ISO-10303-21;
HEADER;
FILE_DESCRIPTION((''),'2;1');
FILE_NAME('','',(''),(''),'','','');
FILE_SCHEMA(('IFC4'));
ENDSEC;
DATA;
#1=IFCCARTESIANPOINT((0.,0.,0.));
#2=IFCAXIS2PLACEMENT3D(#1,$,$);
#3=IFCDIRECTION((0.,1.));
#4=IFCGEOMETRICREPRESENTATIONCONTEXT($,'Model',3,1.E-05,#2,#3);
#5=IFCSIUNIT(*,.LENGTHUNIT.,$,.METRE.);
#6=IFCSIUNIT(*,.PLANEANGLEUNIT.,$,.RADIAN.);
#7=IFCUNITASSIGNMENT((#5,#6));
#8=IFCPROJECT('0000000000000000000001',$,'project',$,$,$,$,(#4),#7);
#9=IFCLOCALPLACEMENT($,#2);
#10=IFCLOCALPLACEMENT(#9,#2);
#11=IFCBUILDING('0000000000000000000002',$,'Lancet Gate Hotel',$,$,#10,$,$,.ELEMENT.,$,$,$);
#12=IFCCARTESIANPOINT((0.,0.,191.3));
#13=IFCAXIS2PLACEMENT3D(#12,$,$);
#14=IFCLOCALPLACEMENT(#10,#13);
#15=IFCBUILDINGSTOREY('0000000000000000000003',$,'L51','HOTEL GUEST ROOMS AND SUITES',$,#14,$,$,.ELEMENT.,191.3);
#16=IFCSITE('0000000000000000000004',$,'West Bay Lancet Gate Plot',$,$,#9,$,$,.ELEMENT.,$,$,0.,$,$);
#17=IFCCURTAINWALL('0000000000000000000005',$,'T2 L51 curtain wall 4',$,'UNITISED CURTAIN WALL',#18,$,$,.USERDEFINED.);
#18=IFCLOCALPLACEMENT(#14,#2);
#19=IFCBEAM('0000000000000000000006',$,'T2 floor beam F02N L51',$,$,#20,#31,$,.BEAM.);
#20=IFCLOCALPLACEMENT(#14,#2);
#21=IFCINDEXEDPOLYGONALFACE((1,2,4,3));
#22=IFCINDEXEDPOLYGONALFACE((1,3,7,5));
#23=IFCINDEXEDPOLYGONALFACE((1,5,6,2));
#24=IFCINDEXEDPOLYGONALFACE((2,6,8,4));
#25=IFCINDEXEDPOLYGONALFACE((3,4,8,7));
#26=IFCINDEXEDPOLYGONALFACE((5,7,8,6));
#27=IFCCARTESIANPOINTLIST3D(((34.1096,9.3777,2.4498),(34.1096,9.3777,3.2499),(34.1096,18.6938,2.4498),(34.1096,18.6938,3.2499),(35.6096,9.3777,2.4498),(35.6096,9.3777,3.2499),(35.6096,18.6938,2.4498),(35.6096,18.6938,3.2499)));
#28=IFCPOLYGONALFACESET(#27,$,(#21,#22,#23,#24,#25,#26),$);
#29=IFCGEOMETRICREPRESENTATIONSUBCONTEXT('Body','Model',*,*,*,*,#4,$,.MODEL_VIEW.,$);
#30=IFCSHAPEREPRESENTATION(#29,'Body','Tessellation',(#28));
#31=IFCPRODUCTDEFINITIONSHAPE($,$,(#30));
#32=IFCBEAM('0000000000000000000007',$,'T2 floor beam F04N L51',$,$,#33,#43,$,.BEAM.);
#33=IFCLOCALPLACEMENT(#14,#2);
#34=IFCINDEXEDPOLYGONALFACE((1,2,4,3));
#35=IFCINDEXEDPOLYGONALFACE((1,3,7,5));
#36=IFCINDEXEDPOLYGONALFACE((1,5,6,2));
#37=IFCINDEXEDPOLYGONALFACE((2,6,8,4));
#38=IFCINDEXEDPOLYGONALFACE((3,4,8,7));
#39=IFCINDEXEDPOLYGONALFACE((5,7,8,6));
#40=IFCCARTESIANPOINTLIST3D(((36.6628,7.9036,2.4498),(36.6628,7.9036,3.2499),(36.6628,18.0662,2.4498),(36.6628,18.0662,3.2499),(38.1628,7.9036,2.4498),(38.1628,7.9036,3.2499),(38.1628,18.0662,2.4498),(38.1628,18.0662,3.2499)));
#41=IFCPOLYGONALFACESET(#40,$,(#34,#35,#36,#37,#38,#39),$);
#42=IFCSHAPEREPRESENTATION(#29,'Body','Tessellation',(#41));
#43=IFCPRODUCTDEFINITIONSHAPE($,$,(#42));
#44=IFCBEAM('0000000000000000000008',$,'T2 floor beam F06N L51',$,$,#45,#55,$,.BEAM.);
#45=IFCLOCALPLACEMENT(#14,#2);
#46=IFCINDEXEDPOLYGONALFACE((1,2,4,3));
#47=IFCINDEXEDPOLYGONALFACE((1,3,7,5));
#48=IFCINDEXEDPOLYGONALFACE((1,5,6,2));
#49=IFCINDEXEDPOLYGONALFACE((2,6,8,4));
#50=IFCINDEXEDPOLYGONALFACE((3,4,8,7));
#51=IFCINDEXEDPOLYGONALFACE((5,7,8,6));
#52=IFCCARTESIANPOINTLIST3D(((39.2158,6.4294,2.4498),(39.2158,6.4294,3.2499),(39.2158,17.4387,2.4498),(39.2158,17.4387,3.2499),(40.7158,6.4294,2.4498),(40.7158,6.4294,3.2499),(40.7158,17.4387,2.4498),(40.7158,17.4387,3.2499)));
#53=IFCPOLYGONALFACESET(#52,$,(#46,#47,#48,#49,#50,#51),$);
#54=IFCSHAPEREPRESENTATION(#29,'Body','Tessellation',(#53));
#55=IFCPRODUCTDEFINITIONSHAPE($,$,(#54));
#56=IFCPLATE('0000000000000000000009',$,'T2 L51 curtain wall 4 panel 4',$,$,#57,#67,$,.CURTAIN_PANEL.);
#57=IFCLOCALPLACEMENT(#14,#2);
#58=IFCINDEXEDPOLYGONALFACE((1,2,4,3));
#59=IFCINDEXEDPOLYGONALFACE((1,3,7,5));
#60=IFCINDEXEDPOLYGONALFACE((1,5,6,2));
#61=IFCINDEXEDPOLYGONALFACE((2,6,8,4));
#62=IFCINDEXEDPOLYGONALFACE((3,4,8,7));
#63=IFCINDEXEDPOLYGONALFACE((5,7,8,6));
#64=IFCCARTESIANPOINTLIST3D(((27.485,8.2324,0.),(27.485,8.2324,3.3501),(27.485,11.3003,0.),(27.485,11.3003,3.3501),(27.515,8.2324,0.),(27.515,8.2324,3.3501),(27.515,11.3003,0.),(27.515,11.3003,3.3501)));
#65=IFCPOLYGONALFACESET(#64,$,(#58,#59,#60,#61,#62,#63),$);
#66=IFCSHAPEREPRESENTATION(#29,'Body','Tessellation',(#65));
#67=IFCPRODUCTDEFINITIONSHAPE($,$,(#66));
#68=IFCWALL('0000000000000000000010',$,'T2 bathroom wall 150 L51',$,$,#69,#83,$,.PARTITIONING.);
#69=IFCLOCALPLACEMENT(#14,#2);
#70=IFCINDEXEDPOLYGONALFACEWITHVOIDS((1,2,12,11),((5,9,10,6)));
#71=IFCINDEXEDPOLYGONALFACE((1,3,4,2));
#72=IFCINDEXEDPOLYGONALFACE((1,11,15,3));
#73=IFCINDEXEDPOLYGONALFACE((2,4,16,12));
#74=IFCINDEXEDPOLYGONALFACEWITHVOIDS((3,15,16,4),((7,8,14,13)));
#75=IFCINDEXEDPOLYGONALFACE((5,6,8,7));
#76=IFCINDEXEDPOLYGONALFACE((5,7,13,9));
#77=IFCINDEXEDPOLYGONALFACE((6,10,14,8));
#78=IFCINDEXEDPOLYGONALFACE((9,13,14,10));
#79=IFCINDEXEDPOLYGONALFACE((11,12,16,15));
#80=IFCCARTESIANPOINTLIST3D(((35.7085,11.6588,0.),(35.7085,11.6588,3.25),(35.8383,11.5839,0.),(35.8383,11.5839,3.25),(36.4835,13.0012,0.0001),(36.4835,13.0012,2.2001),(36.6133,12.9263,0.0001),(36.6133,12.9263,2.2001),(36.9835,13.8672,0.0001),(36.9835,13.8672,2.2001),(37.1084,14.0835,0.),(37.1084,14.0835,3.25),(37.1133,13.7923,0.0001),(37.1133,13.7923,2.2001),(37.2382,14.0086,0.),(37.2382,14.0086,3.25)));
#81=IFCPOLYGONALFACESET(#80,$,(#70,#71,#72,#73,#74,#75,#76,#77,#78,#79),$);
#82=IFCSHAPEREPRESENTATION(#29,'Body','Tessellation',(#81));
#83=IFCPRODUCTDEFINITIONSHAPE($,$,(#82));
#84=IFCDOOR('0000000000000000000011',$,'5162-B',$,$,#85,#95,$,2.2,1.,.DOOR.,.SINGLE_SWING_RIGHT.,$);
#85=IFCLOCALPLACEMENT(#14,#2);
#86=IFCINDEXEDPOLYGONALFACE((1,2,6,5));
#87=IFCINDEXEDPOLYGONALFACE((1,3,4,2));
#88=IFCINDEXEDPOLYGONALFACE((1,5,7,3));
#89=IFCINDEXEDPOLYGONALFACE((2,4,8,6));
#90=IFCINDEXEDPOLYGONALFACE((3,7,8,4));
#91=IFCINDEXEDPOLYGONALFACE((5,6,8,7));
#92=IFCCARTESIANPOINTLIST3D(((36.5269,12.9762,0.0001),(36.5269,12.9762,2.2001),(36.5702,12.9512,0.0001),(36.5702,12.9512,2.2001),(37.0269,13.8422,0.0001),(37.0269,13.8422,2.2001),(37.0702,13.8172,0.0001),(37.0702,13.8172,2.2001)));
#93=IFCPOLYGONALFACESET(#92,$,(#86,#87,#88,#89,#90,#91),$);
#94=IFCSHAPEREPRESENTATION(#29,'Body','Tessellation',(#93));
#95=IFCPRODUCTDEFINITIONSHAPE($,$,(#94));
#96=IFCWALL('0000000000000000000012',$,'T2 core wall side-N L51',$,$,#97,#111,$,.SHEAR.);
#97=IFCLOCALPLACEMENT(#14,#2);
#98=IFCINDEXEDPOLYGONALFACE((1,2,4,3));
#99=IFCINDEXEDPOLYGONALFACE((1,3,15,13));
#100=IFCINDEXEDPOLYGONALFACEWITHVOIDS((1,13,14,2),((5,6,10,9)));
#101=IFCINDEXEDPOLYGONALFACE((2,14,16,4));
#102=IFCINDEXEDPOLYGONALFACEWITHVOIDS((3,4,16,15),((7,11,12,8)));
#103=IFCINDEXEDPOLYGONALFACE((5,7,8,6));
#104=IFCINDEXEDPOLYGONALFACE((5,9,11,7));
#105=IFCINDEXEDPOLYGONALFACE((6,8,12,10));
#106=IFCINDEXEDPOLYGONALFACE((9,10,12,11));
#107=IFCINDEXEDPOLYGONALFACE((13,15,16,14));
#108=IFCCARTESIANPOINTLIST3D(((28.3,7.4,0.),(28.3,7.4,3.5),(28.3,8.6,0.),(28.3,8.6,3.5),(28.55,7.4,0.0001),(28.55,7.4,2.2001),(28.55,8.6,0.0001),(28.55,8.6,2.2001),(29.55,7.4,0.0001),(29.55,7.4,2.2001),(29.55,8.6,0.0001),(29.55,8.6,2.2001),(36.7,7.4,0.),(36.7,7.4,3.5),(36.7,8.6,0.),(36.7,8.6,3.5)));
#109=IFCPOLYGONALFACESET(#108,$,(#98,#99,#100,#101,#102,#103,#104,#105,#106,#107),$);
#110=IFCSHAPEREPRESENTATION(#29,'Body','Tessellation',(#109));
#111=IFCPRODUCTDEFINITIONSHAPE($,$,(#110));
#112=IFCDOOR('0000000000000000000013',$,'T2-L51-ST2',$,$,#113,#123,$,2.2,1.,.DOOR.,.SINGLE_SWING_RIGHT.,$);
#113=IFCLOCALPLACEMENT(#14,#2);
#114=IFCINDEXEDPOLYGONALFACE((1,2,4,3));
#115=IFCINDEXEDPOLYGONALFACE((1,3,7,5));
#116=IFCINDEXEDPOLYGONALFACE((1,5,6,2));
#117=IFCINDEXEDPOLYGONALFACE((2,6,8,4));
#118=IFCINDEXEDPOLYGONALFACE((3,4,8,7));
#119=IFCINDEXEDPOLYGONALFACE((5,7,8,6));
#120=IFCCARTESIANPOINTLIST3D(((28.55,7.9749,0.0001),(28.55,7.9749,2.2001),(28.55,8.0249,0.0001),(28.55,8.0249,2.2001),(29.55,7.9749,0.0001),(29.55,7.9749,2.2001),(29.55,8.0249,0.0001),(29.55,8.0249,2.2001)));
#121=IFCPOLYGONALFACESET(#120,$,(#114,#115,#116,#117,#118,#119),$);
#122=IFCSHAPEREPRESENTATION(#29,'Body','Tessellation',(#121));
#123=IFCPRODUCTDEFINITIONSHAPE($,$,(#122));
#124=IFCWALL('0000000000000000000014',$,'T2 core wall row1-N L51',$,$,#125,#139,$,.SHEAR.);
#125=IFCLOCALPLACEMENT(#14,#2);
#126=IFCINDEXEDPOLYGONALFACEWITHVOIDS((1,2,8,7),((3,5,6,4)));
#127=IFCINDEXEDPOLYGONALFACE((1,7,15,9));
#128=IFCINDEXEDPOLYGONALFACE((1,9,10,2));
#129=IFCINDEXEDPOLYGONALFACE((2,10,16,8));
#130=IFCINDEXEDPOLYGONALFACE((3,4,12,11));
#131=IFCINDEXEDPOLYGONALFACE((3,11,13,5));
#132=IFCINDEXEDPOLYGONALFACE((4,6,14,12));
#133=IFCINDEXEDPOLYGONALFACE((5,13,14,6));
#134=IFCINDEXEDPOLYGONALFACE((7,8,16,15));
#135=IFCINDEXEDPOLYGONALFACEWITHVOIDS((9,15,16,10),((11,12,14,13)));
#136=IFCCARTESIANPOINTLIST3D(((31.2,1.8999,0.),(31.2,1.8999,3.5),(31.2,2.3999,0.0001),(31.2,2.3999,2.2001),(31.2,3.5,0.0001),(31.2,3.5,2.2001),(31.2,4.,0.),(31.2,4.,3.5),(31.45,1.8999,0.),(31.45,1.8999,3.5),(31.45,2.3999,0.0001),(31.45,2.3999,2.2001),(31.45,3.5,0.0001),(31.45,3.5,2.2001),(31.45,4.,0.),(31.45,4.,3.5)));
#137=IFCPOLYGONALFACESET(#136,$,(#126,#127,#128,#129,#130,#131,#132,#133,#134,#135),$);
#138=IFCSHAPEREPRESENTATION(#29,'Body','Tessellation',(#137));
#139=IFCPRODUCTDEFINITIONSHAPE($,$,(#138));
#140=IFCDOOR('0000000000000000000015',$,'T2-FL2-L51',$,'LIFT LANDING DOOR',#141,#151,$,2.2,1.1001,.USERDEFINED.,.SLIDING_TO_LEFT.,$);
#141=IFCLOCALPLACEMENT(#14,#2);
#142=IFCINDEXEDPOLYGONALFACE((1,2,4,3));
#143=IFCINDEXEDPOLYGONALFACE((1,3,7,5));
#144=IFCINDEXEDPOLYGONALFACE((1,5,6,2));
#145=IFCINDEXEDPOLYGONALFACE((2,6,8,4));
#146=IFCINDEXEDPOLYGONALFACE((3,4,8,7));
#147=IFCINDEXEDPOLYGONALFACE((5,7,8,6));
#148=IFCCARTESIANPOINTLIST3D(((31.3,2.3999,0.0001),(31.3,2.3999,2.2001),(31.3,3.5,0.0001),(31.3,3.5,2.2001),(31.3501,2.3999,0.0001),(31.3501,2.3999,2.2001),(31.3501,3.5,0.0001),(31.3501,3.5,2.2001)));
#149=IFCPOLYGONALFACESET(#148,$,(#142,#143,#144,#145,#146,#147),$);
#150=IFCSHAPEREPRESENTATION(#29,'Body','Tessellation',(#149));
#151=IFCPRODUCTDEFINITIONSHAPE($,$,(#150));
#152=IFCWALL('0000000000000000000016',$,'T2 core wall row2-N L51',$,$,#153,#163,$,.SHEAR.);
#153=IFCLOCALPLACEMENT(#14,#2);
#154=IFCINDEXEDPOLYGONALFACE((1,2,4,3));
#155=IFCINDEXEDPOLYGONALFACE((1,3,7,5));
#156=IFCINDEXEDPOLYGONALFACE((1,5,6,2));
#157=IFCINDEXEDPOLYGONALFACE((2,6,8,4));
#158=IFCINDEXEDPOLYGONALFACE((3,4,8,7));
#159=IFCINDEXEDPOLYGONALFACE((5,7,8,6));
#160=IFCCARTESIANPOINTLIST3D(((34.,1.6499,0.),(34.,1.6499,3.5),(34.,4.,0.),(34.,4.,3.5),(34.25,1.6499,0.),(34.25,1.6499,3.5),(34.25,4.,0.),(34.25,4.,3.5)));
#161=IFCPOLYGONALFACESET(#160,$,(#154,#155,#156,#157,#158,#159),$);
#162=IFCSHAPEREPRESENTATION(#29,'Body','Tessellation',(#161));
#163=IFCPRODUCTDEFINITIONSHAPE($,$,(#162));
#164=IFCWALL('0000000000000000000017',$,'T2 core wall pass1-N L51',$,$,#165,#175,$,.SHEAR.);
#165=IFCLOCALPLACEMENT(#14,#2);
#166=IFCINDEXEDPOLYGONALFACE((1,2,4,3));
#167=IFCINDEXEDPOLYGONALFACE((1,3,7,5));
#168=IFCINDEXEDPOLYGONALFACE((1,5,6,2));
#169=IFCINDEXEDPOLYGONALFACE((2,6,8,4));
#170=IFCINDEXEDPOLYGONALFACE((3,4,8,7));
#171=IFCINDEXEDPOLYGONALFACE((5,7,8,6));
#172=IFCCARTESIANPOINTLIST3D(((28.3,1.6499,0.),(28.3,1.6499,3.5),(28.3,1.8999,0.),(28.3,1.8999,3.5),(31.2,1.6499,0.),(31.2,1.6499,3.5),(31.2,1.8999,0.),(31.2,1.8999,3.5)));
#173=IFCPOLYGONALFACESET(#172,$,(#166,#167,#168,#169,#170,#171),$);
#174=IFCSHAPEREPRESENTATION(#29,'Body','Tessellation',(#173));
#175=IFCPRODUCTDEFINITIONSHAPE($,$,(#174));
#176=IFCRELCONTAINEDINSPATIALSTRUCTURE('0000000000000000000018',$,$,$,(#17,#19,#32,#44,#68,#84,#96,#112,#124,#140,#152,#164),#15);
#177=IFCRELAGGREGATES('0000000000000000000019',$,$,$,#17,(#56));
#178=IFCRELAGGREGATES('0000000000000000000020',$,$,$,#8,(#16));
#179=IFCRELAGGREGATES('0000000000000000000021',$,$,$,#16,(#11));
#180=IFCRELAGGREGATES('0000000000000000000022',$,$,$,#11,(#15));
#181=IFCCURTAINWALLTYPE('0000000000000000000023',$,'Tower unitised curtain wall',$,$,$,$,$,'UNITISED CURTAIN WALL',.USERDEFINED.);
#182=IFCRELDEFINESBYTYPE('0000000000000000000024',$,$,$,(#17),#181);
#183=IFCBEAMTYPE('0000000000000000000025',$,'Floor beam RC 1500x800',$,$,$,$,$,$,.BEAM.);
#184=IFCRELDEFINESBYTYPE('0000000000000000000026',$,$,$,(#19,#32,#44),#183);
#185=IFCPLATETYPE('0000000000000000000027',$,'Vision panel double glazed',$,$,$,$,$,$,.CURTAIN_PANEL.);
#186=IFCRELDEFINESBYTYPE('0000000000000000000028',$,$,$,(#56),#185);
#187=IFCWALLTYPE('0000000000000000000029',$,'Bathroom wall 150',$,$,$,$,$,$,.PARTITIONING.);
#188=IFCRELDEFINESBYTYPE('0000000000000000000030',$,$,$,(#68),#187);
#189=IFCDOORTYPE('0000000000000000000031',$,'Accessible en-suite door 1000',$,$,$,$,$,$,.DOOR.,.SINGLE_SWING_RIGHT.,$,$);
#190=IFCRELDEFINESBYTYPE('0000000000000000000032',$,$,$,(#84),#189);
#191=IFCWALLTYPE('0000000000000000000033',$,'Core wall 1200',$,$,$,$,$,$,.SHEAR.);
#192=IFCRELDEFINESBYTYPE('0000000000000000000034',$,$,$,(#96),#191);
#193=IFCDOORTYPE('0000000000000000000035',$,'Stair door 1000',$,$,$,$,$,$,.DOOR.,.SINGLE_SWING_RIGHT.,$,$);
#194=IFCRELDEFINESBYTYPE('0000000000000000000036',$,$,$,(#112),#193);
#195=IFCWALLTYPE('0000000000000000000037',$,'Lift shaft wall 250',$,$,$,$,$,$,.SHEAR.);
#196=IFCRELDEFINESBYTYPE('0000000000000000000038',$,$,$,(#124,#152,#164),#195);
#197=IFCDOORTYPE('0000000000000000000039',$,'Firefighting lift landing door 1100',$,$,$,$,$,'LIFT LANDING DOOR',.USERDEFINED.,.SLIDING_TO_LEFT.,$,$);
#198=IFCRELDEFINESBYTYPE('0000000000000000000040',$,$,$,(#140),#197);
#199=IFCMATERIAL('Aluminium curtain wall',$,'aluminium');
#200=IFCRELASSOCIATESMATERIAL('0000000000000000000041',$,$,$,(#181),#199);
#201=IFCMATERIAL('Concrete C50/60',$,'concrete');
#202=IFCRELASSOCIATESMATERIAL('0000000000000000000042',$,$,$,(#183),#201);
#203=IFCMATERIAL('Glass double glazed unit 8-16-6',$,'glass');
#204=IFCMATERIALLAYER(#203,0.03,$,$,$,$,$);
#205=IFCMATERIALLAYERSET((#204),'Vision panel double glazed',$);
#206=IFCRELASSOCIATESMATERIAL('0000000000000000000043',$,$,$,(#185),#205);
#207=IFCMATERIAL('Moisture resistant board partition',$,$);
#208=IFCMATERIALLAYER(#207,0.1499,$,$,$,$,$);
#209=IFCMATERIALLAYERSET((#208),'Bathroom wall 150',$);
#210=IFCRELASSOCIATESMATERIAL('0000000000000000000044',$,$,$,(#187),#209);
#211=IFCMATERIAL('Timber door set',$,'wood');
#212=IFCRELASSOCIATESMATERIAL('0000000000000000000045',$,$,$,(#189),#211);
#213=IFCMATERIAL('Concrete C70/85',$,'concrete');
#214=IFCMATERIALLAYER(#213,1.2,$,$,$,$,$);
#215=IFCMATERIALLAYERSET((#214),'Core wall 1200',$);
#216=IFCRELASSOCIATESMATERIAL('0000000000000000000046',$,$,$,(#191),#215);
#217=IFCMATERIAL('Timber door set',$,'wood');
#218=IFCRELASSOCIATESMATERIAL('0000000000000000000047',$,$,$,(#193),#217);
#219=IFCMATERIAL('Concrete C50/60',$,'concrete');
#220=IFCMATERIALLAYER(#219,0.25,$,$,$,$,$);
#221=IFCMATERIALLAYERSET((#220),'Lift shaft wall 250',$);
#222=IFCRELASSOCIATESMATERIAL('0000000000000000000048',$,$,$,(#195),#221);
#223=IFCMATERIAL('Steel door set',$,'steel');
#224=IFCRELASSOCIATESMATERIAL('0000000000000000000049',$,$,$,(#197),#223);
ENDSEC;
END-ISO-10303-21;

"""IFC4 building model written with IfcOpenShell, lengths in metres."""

from ifc_helpers import new_model, si_unit, direction, frame, frame_2d, origin, origin_2d, place, context, subcontext, project, spatial, rectangle, extrude, material, layer, layer_set, material_profile, profile_set, type_object, element, fill, aggregate, save


model = new_model("IFC4")

# Units and contexts
model_context = context("Model", 3, precision=1e-05, world=origin(), true_north=direction((0.0, 1.0)))
body_context = subcontext(model_context, "Body", "Model", "MODEL_VIEW")
ifc_project = project(units=[si_unit("LENGTHUNIT", "METRE"), si_unit("PLANEANGLEUNIT", "RADIAN")], contexts=[model_context])

# Site, building, storey
site_placement = place(None, origin())
site = spatial("IfcSite", under=ifc_project, at=site_placement, Name="West Bay Lancet Gate Plot", CompositionType="ELEMENT", RefElevation=0.0)
building_placement = place(site_placement, origin())
building = spatial("IfcBuilding", under=site, at=building_placement, Name="Lancet Gate Hotel", CompositionType="ELEMENT")
storey_placement = place(building_placement, frame((0.0, 0.0, 191.3)))
storey = spatial("IfcBuildingStorey", under=building, at=storey_placement, Name="L51", Description="HOTEL GUEST ROOMS AND SUITES", CompositionType="ELEMENT", Elevation=191.3)

# Curtain wall
ifc_material_1 = material(Name="Aluminium curtain wall", Category="aluminium")
curtain_wall_type = type_object("IfcCurtainWallType", Name="Tower unitised curtain wall", ElementType="UNITISED CURTAIN WALL", PredefinedType="USERDEFINED", material=ifc_material_1)
curtain_wall_placement = place(storey_placement, origin())
curtain_wall = element("IfcCurtainWall", 1, at=curtain_wall_placement, inside=storey, type_object=curtain_wall_type, Name="T2 L51 curtain wall 4", ObjectType="UNITISED CURTAIN WALL", PredefinedType="USERDEFINED")

# Beams
ifc_material_2 = material(Name="Concrete C50/60", Category="concrete")
ifc_material_profile_1 = material_profile(ifc_material_2, rectangle(XDim=1.5, YDim=0.8, at=origin_2d()), Name="RC 1500x800")
ifc_profile_set_1 = profile_set([ifc_material_profile_1], Name="Concrete C50/60")
beam_type_1 = type_object("IfcBeamType", Name="Floor beam RC 1500x800", PredefinedType="BEAM", material=ifc_profile_set_1)
beam_1_placement = place(storey_placement, frame((34.8596, 9.3777, 2.8499), z_axis=(0.0, 1.0, 0.0), x_axis=(-1.0, 0.0, 0.0)))
element("IfcBeam", 2, at=beam_1_placement, inside=storey, type_object=beam_type_1, Name="T2 floor beam F02N L51", PredefinedType="BEAM", context=body_context, shape_type="SweptSolid", body=[
    extrude(rectangle(XDim=1.5, YDim=0.8, at=origin_2d()), origin(), (0.0, 0.0, 1.0), 9.3162),
])
beam_2_placement = place(storey_placement, frame((37.4128, 7.9036, 2.8499), z_axis=(0.0, 1.0, 0.0), x_axis=(-1.0, 0.0, 0.0)))
element("IfcBeam", 3, at=beam_2_placement, inside=storey, type_object=beam_type_1, Name="T2 floor beam F04N L51", PredefinedType="BEAM", context=body_context, shape_type="SweptSolid", body=[
    extrude(rectangle(XDim=1.5, YDim=0.8, at=origin_2d()), origin(), (0.0, 0.0, 1.0), 10.1626),
])
beam_3_placement = place(storey_placement, frame((39.9658, 6.4294, 2.8499), z_axis=(0.0, 1.0, 0.0), x_axis=(-1.0, 0.0, 0.0)))
element("IfcBeam", 4, at=beam_3_placement, inside=storey, type_object=beam_type_1, Name="T2 floor beam F06N L51", PredefinedType="BEAM", context=body_context, shape_type="SweptSolid", body=[
    extrude(rectangle(XDim=1.5, YDim=0.8, at=origin_2d()), origin(), (0.0, 0.0, 1.0), 11.0093),
])

# Plate
ifc_material_3 = material(Name="Glass double glazed unit 8-16-6", Category="glass")
ifc_layer_1 = layer(ifc_material_3, 0.03)
ifc_layer_set_1 = layer_set([ifc_layer_1], Name="Vision panel double glazed")
plate_type = type_object("IfcPlateType", Name="Vision panel double glazed", PredefinedType="CURTAIN_PANEL", material=ifc_layer_set_1)
plate_placement = place(storey_placement, frame((27.5, 9.7664, 0.0), z_axis=(0.0, 0.0, 1.0), x_axis=(0.0, -1.0, 0.0)))
plate = element("IfcPlate", 5, at=plate_placement, type_object=plate_type, Name="T2 L51 curtain wall 4 panel 4", PredefinedType="CURTAIN_PANEL", context=body_context, shape_type="SweptSolid", body=[
    extrude(rectangle(XDim=3.0679, YDim=0.03, at=origin_2d()), origin(), (0.0, 0.0, 1.0), 3.3501),
])
aggregate(curtain_wall, [plate])

# Walls, openings, doors
ifc_material_4 = material(Name="Moisture resistant board partition")
ifc_layer_2 = layer(ifc_material_4, 0.1499)
ifc_layer_set_2 = layer_set([ifc_layer_2], Name="Bathroom wall 150")
wall_type_1 = type_object("IfcWallType", Name="Bathroom wall 150", PredefinedType="PARTITIONING", material=ifc_layer_set_2)
wall_1_placement = place(storey_placement, frame((35.7734, 11.6213, 0.0), z_axis=(0.0, 0.0, 1.0), x_axis=(0.499984, 0.866035, 0.0)))
wall_1 = element("IfcWall", 6, at=wall_1_placement, inside=storey, type_object=wall_type_1, Name="T2 bathroom wall 150 L51", PredefinedType="PARTITIONING", context=body_context, shape_type="SweptSolid", body=[
    extrude(rectangle(XDim=2.7998, YDim=0.1499, at=frame_2d((1.3999, 0.0))), origin(), (0.0, 0.0, 1.0), 3.25),
])
opening_1_placement = place(wall_1_placement, frame((1.55, 0.0, 0.0)))
opening_1 = element("IfcOpeningElement", 7, at=opening_1_placement, cuts=wall_1, PredefinedType="OPENING", context=body_context, shape_type="SweptSolid", body=[
    extrude(rectangle(XDim=1.0, YDim=2.2, at=frame_2d((0.5, 1.1001))), frame((0.0, 0.085, 0.0), z_axis=(0.0, -1.0, 0.0), x_axis=(1.0, 0.0, 0.0)), (0.0, 0.0, 1.0), 0.1699),
])
ifc_material_5 = material(Name="Timber door set", Category="wood")
door_type_1 = type_object("IfcDoorType", Name="Accessible en-suite door 1000", OperationType="SINGLE_SWING_RIGHT", PredefinedType="DOOR", material=ifc_material_5)
door_1_placement = place(opening_1_placement, origin())
door_1 = element("IfcDoor", 8, at=door_1_placement, inside=storey, type_object=door_type_1, Name="5162-B", OperationType="SINGLE_SWING_RIGHT", OverallHeight=2.2, OverallWidth=1.0, PredefinedType="DOOR", context=body_context, shape_type="SweptSolid", body=[
    extrude(rectangle(XDim=1.0, YDim=2.2, at=frame_2d((0.5, 1.1001))), frame((0.0, 0.0249, 0.0), z_axis=(0.0, -1.0, 0.0), x_axis=(1.0, 0.0, 0.0)), (0.0, 0.0, 1.0), 0.05),
])
fill(opening_1, door_1)
ifc_material_6 = material(Name="Concrete C70/85", Category="concrete")
ifc_layer_3 = layer(ifc_material_6, 1.2)
ifc_layer_set_3 = layer_set([ifc_layer_3], Name="Core wall 1200")
wall_type_2 = type_object("IfcWallType", Name="Core wall 1200", PredefinedType="SHEAR", material=ifc_layer_set_3)
wall_2_placement = place(storey_placement, frame((28.3, 8.0, 0.0), z_axis=(0.0, 0.0, 1.0), x_axis=(1.0, 0.0, 0.0)))
wall_2 = element("IfcWall", 9, at=wall_2_placement, inside=storey, type_object=wall_type_2, Name="T2 core wall side-N L51", PredefinedType="SHEAR", context=body_context, shape_type="SweptSolid", body=[
    extrude(rectangle(XDim=8.3999, YDim=1.2, at=frame_2d((4.2, 0.0))), origin(), (0.0, 0.0, 1.0), 3.5),
])
opening_2_placement = place(wall_2_placement, frame((0.25, 0.0, 0.0)))
opening_2 = element("IfcOpeningElement", 10, at=opening_2_placement, cuts=wall_2, PredefinedType="OPENING", context=body_context, shape_type="SweptSolid", body=[
    extrude(rectangle(XDim=1.0, YDim=2.2, at=frame_2d((0.5, 1.1001))), frame((0.0, 0.6099, 0.0), z_axis=(0.0, -1.0, 0.0), x_axis=(1.0, 0.0, 0.0)), (0.0, 0.0, 1.0), 1.22),
])
ifc_material_7 = material(Name="Timber door set", Category="wood")
door_type_2 = type_object("IfcDoorType", Name="Stair door 1000", OperationType="SINGLE_SWING_RIGHT", PredefinedType="DOOR", material=ifc_material_7)
door_2_placement = place(opening_2_placement, origin())
door_2 = element("IfcDoor", 11, at=door_2_placement, inside=storey, type_object=door_type_2, Name="T2-L51-ST2", OperationType="SINGLE_SWING_RIGHT", OverallHeight=2.2, OverallWidth=1.0, PredefinedType="DOOR", context=body_context, shape_type="SweptSolid", body=[
    extrude(rectangle(XDim=1.0, YDim=2.2, at=frame_2d((0.5, 1.1001))), frame((0.0, 0.0249, 0.0), z_axis=(0.0, -1.0, 0.0), x_axis=(1.0, 0.0, 0.0)), (0.0, 0.0, 1.0), 0.05),
])
fill(opening_2, door_2)
ifc_material_8 = material(Name="Concrete C50/60", Category="concrete")
ifc_layer_4 = layer(ifc_material_8, 0.25)
ifc_layer_set_4 = layer_set([ifc_layer_4], Name="Lift shaft wall 250")
wall_type_3 = type_object("IfcWallType", Name="Lift shaft wall 250", PredefinedType="SHEAR", material=ifc_layer_set_4)
wall_3_placement = place(storey_placement, frame((31.325, 1.8999, 0.0), z_axis=(0.0, 0.0, 1.0), x_axis=(0.0, 1.0, 0.0)))
wall_3 = element("IfcWall", 12, at=wall_3_placement, inside=storey, type_object=wall_type_3, Name="T2 core wall row1-N L51", PredefinedType="SHEAR", context=body_context, shape_type="SweptSolid", body=[
    extrude(rectangle(XDim=2.1001, YDim=0.25, at=frame_2d((1.05, 0.0))), origin(), (0.0, 0.0, 1.0), 3.5),
])
opening_3_placement = place(wall_3_placement, frame((0.5, 0.0, 0.0)))
opening_3 = element("IfcOpeningElement", 13, at=opening_3_placement, cuts=wall_3, PredefinedType="OPENING", context=body_context, shape_type="SweptSolid", body=[
    extrude(rectangle(XDim=1.1001, YDim=2.2, at=frame_2d((0.55, 1.1001))), frame((0.0, 0.135, 0.0), z_axis=(0.0, -1.0, 0.0), x_axis=(1.0, 0.0, 0.0)), (0.0, 0.0, 1.0), 0.27),
])
ifc_material_9 = material(Name="Steel door set", Category="steel")
door_type_3 = type_object("IfcDoorType", Name="Firefighting lift landing door 1100", ElementType="LIFT LANDING DOOR", OperationType="SLIDING_TO_LEFT", PredefinedType="USERDEFINED", material=ifc_material_9)
door_3_placement = place(opening_3_placement, origin())
door_3 = element("IfcDoor", 14, at=door_3_placement, inside=storey, type_object=door_type_3, Name="T2-FL2-L51", ObjectType="LIFT LANDING DOOR", OperationType="SLIDING_TO_LEFT", OverallHeight=2.2, OverallWidth=1.1001, PredefinedType="USERDEFINED", context=body_context, shape_type="SweptSolid", body=[
    extrude(rectangle(XDim=1.1001, YDim=2.2, at=frame_2d((0.55, 1.1001))), frame((0.0, 0.0249, 0.0), z_axis=(0.0, -1.0, 0.0), x_axis=(1.0, 0.0, 0.0)), (0.0, 0.0, 1.0), 0.05),
])
fill(opening_3, door_3)

# Walls
wall_4_placement = place(storey_placement, frame((34.125, 1.6499, 0.0), z_axis=(0.0, 0.0, 1.0), x_axis=(0.0, 1.0, 0.0)))
element("IfcWall", 15, at=wall_4_placement, inside=storey, type_object=wall_type_3, Name="T2 core wall row2-N L51", PredefinedType="SHEAR", context=body_context, shape_type="SweptSolid", body=[
    extrude(rectangle(XDim=2.3501, YDim=0.25, at=frame_2d((1.175, 0.0))), origin(), (0.0, 0.0, 1.0), 3.5),
])
wall_5_placement = place(storey_placement, frame((28.3, 1.7749, 0.0), z_axis=(0.0, 0.0, 1.0), x_axis=(1.0, 0.0, 0.0)))
element("IfcWall", 16, at=wall_5_placement, inside=storey, type_object=wall_type_3, Name="T2 core wall pass1-N L51", PredefinedType="SHEAR", context=body_context, shape_type="SweptSolid", body=[
    extrude(rectangle(XDim=2.8999, YDim=0.25, at=frame_2d((1.45, 0.0))), origin(), (0.0, 0.0, 1.0), 3.5),
])

save(model, "model.ifc")
